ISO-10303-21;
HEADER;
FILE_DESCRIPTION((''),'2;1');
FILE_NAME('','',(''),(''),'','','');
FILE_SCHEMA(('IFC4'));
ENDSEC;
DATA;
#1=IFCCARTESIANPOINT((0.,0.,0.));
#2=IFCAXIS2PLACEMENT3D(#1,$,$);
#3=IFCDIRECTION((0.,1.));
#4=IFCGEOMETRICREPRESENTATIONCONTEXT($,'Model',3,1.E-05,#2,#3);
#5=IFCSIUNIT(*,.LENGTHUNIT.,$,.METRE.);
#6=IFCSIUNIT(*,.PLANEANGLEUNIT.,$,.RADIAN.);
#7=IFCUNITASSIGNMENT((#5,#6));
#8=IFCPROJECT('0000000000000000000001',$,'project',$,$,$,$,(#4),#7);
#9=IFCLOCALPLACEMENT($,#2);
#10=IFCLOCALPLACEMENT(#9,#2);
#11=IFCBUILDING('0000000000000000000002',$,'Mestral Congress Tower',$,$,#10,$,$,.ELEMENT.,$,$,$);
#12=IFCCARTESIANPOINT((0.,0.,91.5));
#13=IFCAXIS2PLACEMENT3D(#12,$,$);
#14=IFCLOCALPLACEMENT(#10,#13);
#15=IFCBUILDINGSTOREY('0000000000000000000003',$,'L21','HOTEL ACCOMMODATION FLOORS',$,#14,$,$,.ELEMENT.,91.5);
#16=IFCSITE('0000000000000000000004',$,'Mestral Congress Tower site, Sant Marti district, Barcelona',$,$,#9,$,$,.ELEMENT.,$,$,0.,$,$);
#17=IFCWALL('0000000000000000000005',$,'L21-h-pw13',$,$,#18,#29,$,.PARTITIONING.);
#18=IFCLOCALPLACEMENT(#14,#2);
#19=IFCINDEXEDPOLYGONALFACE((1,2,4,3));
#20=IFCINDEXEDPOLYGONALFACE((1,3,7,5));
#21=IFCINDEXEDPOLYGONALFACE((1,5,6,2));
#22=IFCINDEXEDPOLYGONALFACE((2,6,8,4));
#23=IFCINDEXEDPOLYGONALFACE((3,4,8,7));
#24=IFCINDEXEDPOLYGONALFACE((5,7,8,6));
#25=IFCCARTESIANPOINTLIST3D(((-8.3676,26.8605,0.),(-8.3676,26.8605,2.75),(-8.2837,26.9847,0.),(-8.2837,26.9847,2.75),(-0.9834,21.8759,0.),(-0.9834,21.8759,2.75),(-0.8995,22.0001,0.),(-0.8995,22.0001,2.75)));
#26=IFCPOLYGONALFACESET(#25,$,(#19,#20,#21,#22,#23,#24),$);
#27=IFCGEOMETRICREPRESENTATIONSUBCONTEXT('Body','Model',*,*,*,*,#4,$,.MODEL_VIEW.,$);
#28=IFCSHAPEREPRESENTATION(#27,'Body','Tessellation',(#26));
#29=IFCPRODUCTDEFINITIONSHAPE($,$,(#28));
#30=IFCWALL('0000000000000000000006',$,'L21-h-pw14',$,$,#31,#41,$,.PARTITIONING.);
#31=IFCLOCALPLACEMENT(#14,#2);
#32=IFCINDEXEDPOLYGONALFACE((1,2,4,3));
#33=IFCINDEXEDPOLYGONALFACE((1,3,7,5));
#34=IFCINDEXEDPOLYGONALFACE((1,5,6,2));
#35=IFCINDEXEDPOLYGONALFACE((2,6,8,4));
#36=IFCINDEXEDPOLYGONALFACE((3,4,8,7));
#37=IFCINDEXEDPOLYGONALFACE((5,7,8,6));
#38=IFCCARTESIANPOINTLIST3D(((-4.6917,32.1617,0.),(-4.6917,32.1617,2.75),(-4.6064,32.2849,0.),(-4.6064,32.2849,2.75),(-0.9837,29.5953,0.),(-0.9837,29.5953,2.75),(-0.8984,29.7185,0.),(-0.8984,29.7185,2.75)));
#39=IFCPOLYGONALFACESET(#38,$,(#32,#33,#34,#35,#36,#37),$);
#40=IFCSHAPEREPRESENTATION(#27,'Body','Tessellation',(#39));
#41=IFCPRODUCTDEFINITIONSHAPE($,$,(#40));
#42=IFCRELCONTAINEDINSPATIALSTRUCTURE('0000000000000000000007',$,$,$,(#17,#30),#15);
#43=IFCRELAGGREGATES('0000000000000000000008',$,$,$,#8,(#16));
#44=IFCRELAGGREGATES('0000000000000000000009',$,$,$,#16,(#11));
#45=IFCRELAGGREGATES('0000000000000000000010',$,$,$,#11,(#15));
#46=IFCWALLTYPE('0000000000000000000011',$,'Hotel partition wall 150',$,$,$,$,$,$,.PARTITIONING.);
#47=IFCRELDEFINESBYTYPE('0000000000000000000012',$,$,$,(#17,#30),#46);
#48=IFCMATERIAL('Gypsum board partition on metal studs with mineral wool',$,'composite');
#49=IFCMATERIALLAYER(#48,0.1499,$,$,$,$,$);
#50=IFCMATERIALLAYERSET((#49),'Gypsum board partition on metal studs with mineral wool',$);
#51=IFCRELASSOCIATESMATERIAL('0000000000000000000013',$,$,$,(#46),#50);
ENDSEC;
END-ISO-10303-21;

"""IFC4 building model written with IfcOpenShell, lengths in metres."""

from ifc_helpers import new_model, si_unit, direction, frame, frame_2d, origin, place, context, subcontext, project, spatial, rectangle, extrude, material, layer, layer_set, type_object, element, save


model = new_model("IFC4")

# Units and contexts
model_context = context("Model", 3, precision=1e-05, world=origin(), true_north=direction((0.0, 1.0)))
body_context = subcontext(model_context, "Body", "Model", "MODEL_VIEW")
ifc_project = project(units=[si_unit("LENGTHUNIT", "METRE"), si_unit("PLANEANGLEUNIT", "RADIAN")], contexts=[model_context])

# Site, building, storey
site_placement = place(None, origin())
site = spatial("IfcSite", under=ifc_project, at=site_placement, Name="Mestral Congress Tower site, Sant Marti district, Barcelona", CompositionType="ELEMENT", RefElevation=0.0)
building_placement = place(site_placement, origin())
building = spatial("IfcBuilding", under=site, at=building_placement, Name="Mestral Congress Tower", CompositionType="ELEMENT")
storey_placement = place(building_placement, frame((0.0, 0.0, 91.5)))
storey = spatial("IfcBuildingStorey", under=building, at=storey_placement, Name="L21", Description="HOTEL ACCOMMODATION FLOORS", CompositionType="ELEMENT", Elevation=91.5)

# Shared definitions
ifc_material_1 = material(Name="Gypsum board partition on metal studs with mineral wool", Category="composite")

# Walls
ifc_layer_1 = layer(ifc_material_1, 0.1499)
ifc_layer_set_1 = layer_set([ifc_layer_1], Name="Gypsum board partition on metal studs with mineral wool")
wall_type_1 = type_object("IfcWallType", Name="Hotel partition wall 150", PredefinedType="PARTITIONING", material=ifc_layer_set_1)
wall_1_placement = place(storey_placement, frame((-8.3257, 26.9226, 0.0), z_axis=(0.0, 0.0, 1.0), x_axis=(0.828837, -0.559491, 0.0)))
element("IfcWall", 1, at=wall_1_placement, inside=storey, type_object=wall_type_1, Name="L21-h-pw13", PredefinedType="PARTITIONING", context=body_context, shape_type="SweptSolid", body=[
    extrude(rectangle(XDim=8.9092, YDim=0.1499, at=frame_2d((4.4546, 0.0))), origin(), (0.0, 0.0, 1.0), 2.75),
])
wall_2_placement = place(storey_placement, frame((-4.6492, 32.2234, 0.0), z_axis=(0.0, 0.0, 1.0), x_axis=(0.822262, -0.569109, 0.0)))
element("IfcWall", 2, at=wall_2_placement, inside=storey, type_object=wall_type_1, Name="L21-h-pw14", PredefinedType="PARTITIONING", context=body_context, shape_type="SweptSolid", body=[
    extrude(rectangle(XDim=4.5095, YDim=0.1499, at=frame_2d((2.2549, 0.0))), origin(), (0.0, 0.0, 1.0), 2.75),
])

save(model, "model.ifc")
